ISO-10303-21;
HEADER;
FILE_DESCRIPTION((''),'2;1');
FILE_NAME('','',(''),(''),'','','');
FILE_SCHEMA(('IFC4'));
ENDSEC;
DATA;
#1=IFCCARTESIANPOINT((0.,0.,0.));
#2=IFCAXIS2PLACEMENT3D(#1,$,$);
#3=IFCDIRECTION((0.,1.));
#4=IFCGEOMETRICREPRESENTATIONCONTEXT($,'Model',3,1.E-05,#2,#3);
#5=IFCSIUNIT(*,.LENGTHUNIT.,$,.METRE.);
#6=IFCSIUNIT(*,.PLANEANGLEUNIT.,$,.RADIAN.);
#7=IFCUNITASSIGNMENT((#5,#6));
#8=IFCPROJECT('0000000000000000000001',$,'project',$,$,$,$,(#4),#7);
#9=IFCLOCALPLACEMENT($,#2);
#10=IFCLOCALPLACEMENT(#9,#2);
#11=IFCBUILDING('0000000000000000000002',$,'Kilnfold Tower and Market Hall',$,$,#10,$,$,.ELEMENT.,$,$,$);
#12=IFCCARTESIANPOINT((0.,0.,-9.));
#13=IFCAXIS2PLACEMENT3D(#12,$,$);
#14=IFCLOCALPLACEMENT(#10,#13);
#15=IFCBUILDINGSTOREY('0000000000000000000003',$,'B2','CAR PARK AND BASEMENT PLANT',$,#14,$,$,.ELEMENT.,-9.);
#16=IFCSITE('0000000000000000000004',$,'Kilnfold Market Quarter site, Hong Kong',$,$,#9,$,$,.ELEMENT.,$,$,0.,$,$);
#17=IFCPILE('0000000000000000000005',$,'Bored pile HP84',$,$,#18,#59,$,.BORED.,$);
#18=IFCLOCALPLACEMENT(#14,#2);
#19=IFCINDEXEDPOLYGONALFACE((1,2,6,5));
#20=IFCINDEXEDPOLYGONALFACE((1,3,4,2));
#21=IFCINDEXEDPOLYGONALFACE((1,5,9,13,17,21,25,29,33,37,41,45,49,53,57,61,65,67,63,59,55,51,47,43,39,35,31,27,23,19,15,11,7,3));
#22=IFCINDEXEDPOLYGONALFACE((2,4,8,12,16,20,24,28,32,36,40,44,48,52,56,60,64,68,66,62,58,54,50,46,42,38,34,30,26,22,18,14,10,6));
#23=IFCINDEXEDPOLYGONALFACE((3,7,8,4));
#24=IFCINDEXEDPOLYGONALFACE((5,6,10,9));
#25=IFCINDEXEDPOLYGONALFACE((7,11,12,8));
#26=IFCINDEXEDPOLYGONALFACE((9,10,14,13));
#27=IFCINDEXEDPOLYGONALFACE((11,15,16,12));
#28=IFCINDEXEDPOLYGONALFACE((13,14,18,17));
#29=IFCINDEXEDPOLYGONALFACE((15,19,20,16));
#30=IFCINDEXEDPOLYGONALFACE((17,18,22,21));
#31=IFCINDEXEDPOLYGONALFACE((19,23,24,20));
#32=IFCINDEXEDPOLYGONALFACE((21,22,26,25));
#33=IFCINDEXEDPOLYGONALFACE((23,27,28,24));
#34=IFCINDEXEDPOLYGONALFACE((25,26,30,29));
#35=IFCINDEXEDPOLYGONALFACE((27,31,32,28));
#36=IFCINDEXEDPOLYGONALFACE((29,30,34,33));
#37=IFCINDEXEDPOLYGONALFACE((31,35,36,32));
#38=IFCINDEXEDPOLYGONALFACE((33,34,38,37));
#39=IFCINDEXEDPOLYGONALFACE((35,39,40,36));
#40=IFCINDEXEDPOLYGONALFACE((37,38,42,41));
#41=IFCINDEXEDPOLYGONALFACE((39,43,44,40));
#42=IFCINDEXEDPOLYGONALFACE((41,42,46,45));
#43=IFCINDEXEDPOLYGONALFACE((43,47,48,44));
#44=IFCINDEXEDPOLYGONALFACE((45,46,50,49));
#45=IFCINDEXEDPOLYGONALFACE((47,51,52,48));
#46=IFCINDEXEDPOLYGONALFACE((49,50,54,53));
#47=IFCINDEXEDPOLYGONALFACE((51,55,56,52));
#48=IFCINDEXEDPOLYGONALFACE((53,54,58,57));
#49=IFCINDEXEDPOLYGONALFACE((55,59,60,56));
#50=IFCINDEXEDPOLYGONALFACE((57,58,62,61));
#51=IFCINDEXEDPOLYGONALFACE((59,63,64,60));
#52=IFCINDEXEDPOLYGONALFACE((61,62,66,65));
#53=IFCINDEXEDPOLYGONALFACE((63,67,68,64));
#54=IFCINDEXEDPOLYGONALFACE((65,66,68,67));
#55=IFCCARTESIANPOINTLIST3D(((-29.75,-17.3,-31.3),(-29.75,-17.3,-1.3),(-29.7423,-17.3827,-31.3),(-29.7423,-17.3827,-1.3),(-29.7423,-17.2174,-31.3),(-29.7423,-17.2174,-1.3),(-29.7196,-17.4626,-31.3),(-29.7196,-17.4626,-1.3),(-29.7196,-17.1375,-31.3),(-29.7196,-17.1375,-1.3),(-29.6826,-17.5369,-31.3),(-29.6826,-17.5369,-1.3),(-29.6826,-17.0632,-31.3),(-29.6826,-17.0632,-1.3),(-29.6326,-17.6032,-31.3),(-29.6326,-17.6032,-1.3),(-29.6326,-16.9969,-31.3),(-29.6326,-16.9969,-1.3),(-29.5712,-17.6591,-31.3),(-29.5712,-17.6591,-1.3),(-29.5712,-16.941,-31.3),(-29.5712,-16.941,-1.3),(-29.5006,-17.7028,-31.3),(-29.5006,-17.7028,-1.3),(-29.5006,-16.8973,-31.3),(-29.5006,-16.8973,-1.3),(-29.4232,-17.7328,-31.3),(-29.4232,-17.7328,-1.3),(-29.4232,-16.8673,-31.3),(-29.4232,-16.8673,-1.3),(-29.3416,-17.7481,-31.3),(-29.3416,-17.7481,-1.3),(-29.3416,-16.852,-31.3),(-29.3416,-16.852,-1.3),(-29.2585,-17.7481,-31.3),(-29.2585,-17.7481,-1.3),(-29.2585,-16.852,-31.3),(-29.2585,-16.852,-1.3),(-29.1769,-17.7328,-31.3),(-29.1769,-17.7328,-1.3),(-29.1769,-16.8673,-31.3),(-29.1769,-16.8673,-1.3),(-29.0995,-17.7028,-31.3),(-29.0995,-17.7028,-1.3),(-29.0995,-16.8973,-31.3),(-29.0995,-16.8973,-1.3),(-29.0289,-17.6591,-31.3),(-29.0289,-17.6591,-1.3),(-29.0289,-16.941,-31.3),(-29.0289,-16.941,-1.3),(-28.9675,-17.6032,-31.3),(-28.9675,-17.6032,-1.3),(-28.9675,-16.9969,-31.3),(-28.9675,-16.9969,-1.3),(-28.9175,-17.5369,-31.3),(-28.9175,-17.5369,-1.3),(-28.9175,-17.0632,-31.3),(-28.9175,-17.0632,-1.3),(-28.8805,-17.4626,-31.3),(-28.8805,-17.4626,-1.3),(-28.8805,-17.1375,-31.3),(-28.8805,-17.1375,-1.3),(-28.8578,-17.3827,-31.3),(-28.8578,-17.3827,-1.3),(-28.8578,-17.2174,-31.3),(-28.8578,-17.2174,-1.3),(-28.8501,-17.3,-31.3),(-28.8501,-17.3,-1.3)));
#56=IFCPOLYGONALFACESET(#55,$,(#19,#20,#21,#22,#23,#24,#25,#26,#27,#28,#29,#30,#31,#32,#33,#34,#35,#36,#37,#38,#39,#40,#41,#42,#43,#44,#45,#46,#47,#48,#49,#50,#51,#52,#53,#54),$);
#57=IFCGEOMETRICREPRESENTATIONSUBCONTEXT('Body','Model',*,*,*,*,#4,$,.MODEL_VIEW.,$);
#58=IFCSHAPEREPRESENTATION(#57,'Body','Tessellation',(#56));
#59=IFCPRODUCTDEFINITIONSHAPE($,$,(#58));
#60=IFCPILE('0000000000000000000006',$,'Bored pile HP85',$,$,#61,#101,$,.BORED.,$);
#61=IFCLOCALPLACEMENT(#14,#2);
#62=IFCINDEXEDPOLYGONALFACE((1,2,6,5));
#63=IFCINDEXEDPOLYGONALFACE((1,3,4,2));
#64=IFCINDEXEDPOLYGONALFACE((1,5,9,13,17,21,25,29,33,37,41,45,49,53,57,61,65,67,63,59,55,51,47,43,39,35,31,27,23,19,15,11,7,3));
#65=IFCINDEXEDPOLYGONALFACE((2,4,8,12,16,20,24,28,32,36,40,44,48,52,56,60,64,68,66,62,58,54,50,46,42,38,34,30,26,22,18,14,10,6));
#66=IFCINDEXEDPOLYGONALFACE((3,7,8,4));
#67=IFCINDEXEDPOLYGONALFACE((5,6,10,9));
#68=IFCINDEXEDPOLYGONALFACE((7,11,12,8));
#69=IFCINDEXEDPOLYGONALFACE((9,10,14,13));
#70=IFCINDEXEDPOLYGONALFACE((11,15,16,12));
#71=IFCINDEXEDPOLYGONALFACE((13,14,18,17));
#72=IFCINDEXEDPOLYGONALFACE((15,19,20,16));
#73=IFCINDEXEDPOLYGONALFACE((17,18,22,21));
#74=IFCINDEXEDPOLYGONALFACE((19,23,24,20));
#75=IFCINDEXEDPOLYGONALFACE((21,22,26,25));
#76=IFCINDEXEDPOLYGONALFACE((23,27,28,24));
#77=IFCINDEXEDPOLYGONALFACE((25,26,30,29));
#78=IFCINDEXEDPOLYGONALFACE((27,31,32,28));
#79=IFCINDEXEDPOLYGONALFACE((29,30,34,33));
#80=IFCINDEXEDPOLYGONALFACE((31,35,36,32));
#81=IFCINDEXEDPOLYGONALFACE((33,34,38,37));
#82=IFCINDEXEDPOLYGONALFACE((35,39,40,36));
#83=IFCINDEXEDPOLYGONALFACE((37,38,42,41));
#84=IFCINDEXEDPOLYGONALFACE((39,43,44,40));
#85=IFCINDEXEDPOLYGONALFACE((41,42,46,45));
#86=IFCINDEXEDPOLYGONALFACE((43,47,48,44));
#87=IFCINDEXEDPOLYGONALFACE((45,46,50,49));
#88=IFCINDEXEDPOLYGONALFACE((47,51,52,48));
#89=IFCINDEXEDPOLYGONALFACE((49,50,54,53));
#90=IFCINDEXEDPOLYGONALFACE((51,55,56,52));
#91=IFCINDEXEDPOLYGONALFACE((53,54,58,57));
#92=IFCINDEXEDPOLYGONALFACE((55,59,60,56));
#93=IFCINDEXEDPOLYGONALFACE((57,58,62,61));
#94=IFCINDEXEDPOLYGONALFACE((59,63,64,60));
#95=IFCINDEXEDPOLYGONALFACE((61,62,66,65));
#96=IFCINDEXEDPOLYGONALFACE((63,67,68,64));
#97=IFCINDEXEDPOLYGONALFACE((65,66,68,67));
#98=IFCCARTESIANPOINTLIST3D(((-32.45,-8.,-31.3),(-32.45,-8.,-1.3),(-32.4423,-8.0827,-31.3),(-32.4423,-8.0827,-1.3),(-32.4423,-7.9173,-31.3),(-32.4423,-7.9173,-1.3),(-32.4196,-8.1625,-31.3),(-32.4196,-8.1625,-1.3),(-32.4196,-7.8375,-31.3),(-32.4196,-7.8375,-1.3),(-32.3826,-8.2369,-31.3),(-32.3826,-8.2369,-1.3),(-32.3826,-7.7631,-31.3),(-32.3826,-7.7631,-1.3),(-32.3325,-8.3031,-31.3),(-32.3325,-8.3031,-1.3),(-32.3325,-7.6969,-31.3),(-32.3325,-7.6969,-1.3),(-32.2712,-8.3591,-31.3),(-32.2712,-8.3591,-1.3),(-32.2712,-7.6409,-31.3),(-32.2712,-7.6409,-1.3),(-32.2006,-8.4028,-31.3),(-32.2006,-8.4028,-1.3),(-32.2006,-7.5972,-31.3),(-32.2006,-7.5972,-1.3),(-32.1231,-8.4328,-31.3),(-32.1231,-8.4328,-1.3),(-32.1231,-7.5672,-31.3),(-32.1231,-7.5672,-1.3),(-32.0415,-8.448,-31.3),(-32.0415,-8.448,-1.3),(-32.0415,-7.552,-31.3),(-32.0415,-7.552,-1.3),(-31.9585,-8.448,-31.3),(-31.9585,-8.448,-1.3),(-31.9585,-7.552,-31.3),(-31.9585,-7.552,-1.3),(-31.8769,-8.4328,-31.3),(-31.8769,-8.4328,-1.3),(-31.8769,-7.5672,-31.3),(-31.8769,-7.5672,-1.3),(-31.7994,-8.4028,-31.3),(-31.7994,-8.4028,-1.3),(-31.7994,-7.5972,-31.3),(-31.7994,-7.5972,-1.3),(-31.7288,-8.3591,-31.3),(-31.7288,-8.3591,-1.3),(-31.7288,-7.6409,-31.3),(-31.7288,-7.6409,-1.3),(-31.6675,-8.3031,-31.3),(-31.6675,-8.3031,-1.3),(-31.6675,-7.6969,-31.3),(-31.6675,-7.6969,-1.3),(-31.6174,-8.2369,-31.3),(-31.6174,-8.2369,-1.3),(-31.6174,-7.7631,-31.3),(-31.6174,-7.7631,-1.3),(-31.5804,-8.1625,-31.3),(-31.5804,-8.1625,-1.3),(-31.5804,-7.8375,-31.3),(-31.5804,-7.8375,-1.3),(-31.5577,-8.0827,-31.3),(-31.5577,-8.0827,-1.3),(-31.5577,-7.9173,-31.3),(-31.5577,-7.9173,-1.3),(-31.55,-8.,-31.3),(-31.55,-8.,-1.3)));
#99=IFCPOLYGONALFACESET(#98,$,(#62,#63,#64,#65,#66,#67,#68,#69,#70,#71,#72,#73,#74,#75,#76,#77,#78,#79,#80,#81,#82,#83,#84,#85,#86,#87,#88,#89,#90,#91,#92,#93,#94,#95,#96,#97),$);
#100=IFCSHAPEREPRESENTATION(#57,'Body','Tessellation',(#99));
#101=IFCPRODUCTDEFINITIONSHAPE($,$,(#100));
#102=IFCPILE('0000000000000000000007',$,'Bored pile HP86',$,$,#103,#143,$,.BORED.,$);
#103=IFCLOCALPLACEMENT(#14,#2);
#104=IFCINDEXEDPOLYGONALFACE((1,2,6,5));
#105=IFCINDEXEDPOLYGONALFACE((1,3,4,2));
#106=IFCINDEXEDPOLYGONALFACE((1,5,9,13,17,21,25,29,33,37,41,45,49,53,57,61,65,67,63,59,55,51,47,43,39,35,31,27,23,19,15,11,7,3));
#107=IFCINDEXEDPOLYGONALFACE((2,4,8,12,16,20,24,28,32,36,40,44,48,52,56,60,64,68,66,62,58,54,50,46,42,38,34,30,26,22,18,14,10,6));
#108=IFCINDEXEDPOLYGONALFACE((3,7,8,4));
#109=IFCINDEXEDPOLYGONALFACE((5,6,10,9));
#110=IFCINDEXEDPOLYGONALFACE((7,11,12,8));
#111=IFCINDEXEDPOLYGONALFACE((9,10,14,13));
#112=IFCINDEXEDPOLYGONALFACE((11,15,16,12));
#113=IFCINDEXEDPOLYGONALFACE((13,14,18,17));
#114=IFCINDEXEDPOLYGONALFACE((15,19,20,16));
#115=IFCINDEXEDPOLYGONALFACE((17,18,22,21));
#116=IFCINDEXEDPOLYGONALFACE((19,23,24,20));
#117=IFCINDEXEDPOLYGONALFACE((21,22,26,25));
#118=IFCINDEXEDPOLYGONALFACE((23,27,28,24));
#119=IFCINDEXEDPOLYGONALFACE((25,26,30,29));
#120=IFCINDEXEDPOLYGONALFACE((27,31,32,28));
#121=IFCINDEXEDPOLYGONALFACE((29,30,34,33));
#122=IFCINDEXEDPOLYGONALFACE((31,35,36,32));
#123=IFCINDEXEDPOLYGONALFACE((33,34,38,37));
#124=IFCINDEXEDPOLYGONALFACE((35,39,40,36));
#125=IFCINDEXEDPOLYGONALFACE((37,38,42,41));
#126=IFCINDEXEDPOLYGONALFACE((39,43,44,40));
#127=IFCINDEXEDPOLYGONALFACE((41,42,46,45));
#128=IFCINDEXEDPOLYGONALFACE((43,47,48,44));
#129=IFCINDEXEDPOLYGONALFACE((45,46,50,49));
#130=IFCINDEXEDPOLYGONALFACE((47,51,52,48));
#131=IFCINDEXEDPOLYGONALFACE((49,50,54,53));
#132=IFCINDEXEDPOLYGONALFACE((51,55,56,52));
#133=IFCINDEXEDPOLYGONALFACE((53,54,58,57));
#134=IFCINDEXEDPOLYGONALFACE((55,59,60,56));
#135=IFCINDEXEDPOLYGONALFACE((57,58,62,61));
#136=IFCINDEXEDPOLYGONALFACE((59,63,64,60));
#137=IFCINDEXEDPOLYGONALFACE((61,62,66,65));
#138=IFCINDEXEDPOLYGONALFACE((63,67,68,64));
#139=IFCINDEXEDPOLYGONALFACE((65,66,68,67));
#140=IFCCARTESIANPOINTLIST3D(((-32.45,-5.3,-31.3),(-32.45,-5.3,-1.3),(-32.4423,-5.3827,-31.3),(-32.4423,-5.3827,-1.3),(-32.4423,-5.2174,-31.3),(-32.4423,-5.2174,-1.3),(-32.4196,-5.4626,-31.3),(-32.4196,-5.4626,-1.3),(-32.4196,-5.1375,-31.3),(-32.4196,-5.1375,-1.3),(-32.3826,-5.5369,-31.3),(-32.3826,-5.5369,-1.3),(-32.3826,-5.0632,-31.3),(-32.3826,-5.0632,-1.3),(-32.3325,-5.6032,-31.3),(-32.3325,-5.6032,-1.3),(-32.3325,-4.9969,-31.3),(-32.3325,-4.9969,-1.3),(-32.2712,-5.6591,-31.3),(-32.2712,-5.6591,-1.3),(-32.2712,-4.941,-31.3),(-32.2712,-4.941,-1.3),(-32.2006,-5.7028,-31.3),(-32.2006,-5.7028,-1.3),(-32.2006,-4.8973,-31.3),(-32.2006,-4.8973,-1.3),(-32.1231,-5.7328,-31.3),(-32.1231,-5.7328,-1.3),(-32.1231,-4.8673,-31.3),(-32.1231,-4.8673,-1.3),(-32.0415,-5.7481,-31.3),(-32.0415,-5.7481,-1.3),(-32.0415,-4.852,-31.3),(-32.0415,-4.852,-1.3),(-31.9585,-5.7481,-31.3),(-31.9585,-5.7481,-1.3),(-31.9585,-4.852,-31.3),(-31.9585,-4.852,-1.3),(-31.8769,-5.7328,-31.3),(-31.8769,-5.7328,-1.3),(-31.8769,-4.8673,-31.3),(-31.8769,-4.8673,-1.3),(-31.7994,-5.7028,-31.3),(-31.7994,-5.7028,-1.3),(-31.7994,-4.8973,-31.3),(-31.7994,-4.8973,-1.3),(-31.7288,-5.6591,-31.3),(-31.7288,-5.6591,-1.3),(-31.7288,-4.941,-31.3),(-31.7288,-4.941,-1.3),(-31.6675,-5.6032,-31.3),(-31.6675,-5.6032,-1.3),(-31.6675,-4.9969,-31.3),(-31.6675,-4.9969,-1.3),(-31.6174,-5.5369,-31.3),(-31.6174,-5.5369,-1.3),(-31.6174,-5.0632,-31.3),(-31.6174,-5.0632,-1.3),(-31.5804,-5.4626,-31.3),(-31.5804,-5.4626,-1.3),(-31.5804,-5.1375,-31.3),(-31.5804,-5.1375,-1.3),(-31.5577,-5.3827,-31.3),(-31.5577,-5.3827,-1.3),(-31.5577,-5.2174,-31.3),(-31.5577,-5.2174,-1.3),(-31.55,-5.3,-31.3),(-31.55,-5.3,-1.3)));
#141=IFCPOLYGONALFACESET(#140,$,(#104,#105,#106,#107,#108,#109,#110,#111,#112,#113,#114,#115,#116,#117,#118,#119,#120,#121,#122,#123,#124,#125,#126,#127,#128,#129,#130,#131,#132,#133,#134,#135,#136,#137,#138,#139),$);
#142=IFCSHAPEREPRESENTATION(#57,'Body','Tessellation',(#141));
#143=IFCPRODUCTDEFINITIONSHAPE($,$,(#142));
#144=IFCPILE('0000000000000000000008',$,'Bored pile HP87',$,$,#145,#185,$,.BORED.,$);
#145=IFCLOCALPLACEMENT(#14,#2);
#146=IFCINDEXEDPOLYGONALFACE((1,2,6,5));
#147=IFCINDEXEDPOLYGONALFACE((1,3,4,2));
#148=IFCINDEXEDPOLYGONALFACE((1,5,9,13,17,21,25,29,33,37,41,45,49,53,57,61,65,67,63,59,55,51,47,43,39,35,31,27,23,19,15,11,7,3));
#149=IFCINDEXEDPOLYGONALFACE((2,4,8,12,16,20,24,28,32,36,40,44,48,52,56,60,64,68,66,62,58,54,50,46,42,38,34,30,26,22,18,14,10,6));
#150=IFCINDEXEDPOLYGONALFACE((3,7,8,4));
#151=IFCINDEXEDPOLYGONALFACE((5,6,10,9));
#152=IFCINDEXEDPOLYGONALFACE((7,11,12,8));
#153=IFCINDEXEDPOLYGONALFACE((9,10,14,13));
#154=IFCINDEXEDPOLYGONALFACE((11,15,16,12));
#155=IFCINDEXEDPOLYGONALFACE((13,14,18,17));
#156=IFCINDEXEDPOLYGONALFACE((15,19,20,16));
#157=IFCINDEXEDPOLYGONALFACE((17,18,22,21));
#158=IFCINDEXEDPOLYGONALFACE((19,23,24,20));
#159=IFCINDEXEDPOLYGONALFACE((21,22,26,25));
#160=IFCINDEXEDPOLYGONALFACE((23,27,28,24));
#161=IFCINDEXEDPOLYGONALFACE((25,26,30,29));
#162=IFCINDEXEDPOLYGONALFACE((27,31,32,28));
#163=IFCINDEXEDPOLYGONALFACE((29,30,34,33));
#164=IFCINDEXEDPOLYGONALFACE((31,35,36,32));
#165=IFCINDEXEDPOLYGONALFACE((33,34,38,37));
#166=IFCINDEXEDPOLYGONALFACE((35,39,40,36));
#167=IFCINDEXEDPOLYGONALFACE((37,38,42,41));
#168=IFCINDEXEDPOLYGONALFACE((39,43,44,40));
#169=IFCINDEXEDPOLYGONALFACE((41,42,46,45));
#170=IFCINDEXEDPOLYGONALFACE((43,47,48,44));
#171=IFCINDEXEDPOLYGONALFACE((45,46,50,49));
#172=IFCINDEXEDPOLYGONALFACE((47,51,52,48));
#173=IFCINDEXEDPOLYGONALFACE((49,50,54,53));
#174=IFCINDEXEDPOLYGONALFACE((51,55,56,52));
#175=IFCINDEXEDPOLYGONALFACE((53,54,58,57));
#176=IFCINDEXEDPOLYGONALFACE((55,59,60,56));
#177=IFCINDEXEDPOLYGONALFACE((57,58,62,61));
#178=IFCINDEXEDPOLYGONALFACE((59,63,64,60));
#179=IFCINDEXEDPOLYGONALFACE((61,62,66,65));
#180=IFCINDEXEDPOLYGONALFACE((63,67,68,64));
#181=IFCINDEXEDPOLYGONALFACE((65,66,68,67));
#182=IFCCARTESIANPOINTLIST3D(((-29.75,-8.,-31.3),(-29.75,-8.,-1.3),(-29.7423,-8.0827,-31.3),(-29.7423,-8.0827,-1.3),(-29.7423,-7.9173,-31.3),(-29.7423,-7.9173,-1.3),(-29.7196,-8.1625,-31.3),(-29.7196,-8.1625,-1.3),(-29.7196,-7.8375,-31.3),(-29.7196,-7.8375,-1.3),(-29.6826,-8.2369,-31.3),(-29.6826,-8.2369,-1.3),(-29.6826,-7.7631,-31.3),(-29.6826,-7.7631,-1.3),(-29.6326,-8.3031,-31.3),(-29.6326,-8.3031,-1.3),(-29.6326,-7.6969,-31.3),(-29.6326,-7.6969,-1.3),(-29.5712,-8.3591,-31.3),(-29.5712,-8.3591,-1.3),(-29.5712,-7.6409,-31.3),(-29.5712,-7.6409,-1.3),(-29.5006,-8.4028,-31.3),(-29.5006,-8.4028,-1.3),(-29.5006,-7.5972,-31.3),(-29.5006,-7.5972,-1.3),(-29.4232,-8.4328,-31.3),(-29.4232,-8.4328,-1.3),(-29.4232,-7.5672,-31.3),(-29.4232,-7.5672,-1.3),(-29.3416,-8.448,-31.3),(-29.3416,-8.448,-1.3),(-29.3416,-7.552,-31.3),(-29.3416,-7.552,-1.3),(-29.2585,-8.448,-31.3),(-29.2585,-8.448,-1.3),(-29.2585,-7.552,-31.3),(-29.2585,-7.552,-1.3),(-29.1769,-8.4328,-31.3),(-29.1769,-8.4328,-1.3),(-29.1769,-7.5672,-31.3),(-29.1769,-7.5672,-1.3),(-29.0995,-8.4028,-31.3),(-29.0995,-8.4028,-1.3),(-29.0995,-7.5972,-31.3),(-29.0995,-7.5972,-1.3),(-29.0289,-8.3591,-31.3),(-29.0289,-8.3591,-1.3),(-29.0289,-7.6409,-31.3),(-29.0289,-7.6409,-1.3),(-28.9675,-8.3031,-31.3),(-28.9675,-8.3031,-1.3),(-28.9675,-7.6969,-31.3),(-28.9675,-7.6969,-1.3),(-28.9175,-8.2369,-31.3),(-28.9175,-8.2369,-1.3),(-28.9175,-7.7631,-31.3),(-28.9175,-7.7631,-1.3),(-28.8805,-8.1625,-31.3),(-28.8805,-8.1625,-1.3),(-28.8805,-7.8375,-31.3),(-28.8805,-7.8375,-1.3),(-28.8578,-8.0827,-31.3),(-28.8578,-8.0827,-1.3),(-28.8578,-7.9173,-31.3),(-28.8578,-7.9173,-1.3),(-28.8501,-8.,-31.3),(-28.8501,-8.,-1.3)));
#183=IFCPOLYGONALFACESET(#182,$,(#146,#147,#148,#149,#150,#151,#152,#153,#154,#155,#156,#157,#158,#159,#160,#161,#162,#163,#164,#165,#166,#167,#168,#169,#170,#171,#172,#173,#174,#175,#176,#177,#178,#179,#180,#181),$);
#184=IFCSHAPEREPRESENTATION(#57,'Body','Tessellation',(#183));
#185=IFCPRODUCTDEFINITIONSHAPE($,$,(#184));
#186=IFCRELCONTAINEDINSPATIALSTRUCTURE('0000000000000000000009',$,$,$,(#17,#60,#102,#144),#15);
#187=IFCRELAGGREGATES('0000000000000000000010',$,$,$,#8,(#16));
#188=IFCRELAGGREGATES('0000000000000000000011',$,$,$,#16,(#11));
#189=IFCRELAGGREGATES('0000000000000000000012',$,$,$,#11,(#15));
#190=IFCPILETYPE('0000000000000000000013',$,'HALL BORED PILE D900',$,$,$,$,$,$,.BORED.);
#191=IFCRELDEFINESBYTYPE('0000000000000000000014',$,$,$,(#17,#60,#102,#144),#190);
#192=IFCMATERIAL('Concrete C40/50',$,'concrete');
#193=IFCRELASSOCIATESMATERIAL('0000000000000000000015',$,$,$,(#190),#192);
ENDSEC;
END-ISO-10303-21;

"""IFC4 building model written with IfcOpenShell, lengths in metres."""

from ifc_helpers import new_model, si_unit, direction, frame, origin, origin_2d, place, context, subcontext, project, spatial, circle, extrude, source, transform, mapped, material, material_profile, profile_set, type_object, element, save


model = new_model("IFC4")

# Units and contexts
model_context = context("Model", 3, precision=1e-05, world=origin(), true_north=direction((0.0, 1.0)))
body_context = subcontext(model_context, "Body", "Model", "MODEL_VIEW")
ifc_project = project(units=[si_unit("LENGTHUNIT", "METRE"), si_unit("PLANEANGLEUNIT", "RADIAN")], contexts=[model_context])

# Site, building, storey
site_placement = place(None, origin())
site = spatial("IfcSite", under=ifc_project, at=site_placement, Name="Kilnfold Market Quarter site, Hong Kong", CompositionType="ELEMENT", RefElevation=0.0)
building_placement = place(site_placement, origin())
building = spatial("IfcBuilding", under=site, at=building_placement, Name="Kilnfold Tower and Market Hall", CompositionType="ELEMENT")
storey_placement = place(building_placement, frame((0.0, 0.0, -9.0)))
storey = spatial("IfcBuildingStorey", under=building, at=storey_placement, Name="B2", Description="CAR PARK AND BASEMENT PLANT", CompositionType="ELEMENT", Elevation=-9.0)

# Piles
ifc_material_1 = material(Name="Concrete C40/50", Category="concrete")
ifc_material_profile_1 = material_profile(ifc_material_1, circle(Radius=0.45, at=origin_2d()), Name="D900")
ifc_profile_set_1 = profile_set([ifc_material_profile_1], Name="Concrete C40/50")
pile_type = type_object("IfcPileType", Name="HALL BORED PILE D900", PredefinedType="BORED", material=ifc_profile_set_1)
shared_shape_1 = source(origin(), body_context, "Body", "SweptSolid", [
    extrude(circle(Radius=0.45, at=origin_2d()), origin(), (0.0, 0.0, 1.0), 30.0),
])
for number, where, z_axis, x_axis, name in (
    (1, (-29.3, -17.3, -1.3), (0.0, 0.0, -1.0), (1.0, 0.0, 0.0), "Bored pile HP84"),
    (2, (-32.0, -8.0, -1.3), (0.0, 0.0, -1.0), (1.0, 0.0, 0.0), "Bored pile HP85"),
    (3, (-32.0, -5.3, -1.3), (0.0, 0.0, -1.0), (1.0, 0.0, 0.0), "Bored pile HP86"),
    (4, (-29.3, -8.0, -1.3), (0.0, 0.0, -1.0), (1.0, 0.0, 0.0), "Bored pile HP87"),
):
    element("IfcPile", number, at=place(storey_placement, frame(where, z_axis=z_axis, x_axis=x_axis)), inside=storey, type_object=pile_type, Name=name, PredefinedType="BORED", context=body_context, shape_type="MappedRepresentation", body=[
        mapped(shared_shape_1, transform((0.0, 0.0, 0.0))),
    ])

save(model, "model.ifc")
